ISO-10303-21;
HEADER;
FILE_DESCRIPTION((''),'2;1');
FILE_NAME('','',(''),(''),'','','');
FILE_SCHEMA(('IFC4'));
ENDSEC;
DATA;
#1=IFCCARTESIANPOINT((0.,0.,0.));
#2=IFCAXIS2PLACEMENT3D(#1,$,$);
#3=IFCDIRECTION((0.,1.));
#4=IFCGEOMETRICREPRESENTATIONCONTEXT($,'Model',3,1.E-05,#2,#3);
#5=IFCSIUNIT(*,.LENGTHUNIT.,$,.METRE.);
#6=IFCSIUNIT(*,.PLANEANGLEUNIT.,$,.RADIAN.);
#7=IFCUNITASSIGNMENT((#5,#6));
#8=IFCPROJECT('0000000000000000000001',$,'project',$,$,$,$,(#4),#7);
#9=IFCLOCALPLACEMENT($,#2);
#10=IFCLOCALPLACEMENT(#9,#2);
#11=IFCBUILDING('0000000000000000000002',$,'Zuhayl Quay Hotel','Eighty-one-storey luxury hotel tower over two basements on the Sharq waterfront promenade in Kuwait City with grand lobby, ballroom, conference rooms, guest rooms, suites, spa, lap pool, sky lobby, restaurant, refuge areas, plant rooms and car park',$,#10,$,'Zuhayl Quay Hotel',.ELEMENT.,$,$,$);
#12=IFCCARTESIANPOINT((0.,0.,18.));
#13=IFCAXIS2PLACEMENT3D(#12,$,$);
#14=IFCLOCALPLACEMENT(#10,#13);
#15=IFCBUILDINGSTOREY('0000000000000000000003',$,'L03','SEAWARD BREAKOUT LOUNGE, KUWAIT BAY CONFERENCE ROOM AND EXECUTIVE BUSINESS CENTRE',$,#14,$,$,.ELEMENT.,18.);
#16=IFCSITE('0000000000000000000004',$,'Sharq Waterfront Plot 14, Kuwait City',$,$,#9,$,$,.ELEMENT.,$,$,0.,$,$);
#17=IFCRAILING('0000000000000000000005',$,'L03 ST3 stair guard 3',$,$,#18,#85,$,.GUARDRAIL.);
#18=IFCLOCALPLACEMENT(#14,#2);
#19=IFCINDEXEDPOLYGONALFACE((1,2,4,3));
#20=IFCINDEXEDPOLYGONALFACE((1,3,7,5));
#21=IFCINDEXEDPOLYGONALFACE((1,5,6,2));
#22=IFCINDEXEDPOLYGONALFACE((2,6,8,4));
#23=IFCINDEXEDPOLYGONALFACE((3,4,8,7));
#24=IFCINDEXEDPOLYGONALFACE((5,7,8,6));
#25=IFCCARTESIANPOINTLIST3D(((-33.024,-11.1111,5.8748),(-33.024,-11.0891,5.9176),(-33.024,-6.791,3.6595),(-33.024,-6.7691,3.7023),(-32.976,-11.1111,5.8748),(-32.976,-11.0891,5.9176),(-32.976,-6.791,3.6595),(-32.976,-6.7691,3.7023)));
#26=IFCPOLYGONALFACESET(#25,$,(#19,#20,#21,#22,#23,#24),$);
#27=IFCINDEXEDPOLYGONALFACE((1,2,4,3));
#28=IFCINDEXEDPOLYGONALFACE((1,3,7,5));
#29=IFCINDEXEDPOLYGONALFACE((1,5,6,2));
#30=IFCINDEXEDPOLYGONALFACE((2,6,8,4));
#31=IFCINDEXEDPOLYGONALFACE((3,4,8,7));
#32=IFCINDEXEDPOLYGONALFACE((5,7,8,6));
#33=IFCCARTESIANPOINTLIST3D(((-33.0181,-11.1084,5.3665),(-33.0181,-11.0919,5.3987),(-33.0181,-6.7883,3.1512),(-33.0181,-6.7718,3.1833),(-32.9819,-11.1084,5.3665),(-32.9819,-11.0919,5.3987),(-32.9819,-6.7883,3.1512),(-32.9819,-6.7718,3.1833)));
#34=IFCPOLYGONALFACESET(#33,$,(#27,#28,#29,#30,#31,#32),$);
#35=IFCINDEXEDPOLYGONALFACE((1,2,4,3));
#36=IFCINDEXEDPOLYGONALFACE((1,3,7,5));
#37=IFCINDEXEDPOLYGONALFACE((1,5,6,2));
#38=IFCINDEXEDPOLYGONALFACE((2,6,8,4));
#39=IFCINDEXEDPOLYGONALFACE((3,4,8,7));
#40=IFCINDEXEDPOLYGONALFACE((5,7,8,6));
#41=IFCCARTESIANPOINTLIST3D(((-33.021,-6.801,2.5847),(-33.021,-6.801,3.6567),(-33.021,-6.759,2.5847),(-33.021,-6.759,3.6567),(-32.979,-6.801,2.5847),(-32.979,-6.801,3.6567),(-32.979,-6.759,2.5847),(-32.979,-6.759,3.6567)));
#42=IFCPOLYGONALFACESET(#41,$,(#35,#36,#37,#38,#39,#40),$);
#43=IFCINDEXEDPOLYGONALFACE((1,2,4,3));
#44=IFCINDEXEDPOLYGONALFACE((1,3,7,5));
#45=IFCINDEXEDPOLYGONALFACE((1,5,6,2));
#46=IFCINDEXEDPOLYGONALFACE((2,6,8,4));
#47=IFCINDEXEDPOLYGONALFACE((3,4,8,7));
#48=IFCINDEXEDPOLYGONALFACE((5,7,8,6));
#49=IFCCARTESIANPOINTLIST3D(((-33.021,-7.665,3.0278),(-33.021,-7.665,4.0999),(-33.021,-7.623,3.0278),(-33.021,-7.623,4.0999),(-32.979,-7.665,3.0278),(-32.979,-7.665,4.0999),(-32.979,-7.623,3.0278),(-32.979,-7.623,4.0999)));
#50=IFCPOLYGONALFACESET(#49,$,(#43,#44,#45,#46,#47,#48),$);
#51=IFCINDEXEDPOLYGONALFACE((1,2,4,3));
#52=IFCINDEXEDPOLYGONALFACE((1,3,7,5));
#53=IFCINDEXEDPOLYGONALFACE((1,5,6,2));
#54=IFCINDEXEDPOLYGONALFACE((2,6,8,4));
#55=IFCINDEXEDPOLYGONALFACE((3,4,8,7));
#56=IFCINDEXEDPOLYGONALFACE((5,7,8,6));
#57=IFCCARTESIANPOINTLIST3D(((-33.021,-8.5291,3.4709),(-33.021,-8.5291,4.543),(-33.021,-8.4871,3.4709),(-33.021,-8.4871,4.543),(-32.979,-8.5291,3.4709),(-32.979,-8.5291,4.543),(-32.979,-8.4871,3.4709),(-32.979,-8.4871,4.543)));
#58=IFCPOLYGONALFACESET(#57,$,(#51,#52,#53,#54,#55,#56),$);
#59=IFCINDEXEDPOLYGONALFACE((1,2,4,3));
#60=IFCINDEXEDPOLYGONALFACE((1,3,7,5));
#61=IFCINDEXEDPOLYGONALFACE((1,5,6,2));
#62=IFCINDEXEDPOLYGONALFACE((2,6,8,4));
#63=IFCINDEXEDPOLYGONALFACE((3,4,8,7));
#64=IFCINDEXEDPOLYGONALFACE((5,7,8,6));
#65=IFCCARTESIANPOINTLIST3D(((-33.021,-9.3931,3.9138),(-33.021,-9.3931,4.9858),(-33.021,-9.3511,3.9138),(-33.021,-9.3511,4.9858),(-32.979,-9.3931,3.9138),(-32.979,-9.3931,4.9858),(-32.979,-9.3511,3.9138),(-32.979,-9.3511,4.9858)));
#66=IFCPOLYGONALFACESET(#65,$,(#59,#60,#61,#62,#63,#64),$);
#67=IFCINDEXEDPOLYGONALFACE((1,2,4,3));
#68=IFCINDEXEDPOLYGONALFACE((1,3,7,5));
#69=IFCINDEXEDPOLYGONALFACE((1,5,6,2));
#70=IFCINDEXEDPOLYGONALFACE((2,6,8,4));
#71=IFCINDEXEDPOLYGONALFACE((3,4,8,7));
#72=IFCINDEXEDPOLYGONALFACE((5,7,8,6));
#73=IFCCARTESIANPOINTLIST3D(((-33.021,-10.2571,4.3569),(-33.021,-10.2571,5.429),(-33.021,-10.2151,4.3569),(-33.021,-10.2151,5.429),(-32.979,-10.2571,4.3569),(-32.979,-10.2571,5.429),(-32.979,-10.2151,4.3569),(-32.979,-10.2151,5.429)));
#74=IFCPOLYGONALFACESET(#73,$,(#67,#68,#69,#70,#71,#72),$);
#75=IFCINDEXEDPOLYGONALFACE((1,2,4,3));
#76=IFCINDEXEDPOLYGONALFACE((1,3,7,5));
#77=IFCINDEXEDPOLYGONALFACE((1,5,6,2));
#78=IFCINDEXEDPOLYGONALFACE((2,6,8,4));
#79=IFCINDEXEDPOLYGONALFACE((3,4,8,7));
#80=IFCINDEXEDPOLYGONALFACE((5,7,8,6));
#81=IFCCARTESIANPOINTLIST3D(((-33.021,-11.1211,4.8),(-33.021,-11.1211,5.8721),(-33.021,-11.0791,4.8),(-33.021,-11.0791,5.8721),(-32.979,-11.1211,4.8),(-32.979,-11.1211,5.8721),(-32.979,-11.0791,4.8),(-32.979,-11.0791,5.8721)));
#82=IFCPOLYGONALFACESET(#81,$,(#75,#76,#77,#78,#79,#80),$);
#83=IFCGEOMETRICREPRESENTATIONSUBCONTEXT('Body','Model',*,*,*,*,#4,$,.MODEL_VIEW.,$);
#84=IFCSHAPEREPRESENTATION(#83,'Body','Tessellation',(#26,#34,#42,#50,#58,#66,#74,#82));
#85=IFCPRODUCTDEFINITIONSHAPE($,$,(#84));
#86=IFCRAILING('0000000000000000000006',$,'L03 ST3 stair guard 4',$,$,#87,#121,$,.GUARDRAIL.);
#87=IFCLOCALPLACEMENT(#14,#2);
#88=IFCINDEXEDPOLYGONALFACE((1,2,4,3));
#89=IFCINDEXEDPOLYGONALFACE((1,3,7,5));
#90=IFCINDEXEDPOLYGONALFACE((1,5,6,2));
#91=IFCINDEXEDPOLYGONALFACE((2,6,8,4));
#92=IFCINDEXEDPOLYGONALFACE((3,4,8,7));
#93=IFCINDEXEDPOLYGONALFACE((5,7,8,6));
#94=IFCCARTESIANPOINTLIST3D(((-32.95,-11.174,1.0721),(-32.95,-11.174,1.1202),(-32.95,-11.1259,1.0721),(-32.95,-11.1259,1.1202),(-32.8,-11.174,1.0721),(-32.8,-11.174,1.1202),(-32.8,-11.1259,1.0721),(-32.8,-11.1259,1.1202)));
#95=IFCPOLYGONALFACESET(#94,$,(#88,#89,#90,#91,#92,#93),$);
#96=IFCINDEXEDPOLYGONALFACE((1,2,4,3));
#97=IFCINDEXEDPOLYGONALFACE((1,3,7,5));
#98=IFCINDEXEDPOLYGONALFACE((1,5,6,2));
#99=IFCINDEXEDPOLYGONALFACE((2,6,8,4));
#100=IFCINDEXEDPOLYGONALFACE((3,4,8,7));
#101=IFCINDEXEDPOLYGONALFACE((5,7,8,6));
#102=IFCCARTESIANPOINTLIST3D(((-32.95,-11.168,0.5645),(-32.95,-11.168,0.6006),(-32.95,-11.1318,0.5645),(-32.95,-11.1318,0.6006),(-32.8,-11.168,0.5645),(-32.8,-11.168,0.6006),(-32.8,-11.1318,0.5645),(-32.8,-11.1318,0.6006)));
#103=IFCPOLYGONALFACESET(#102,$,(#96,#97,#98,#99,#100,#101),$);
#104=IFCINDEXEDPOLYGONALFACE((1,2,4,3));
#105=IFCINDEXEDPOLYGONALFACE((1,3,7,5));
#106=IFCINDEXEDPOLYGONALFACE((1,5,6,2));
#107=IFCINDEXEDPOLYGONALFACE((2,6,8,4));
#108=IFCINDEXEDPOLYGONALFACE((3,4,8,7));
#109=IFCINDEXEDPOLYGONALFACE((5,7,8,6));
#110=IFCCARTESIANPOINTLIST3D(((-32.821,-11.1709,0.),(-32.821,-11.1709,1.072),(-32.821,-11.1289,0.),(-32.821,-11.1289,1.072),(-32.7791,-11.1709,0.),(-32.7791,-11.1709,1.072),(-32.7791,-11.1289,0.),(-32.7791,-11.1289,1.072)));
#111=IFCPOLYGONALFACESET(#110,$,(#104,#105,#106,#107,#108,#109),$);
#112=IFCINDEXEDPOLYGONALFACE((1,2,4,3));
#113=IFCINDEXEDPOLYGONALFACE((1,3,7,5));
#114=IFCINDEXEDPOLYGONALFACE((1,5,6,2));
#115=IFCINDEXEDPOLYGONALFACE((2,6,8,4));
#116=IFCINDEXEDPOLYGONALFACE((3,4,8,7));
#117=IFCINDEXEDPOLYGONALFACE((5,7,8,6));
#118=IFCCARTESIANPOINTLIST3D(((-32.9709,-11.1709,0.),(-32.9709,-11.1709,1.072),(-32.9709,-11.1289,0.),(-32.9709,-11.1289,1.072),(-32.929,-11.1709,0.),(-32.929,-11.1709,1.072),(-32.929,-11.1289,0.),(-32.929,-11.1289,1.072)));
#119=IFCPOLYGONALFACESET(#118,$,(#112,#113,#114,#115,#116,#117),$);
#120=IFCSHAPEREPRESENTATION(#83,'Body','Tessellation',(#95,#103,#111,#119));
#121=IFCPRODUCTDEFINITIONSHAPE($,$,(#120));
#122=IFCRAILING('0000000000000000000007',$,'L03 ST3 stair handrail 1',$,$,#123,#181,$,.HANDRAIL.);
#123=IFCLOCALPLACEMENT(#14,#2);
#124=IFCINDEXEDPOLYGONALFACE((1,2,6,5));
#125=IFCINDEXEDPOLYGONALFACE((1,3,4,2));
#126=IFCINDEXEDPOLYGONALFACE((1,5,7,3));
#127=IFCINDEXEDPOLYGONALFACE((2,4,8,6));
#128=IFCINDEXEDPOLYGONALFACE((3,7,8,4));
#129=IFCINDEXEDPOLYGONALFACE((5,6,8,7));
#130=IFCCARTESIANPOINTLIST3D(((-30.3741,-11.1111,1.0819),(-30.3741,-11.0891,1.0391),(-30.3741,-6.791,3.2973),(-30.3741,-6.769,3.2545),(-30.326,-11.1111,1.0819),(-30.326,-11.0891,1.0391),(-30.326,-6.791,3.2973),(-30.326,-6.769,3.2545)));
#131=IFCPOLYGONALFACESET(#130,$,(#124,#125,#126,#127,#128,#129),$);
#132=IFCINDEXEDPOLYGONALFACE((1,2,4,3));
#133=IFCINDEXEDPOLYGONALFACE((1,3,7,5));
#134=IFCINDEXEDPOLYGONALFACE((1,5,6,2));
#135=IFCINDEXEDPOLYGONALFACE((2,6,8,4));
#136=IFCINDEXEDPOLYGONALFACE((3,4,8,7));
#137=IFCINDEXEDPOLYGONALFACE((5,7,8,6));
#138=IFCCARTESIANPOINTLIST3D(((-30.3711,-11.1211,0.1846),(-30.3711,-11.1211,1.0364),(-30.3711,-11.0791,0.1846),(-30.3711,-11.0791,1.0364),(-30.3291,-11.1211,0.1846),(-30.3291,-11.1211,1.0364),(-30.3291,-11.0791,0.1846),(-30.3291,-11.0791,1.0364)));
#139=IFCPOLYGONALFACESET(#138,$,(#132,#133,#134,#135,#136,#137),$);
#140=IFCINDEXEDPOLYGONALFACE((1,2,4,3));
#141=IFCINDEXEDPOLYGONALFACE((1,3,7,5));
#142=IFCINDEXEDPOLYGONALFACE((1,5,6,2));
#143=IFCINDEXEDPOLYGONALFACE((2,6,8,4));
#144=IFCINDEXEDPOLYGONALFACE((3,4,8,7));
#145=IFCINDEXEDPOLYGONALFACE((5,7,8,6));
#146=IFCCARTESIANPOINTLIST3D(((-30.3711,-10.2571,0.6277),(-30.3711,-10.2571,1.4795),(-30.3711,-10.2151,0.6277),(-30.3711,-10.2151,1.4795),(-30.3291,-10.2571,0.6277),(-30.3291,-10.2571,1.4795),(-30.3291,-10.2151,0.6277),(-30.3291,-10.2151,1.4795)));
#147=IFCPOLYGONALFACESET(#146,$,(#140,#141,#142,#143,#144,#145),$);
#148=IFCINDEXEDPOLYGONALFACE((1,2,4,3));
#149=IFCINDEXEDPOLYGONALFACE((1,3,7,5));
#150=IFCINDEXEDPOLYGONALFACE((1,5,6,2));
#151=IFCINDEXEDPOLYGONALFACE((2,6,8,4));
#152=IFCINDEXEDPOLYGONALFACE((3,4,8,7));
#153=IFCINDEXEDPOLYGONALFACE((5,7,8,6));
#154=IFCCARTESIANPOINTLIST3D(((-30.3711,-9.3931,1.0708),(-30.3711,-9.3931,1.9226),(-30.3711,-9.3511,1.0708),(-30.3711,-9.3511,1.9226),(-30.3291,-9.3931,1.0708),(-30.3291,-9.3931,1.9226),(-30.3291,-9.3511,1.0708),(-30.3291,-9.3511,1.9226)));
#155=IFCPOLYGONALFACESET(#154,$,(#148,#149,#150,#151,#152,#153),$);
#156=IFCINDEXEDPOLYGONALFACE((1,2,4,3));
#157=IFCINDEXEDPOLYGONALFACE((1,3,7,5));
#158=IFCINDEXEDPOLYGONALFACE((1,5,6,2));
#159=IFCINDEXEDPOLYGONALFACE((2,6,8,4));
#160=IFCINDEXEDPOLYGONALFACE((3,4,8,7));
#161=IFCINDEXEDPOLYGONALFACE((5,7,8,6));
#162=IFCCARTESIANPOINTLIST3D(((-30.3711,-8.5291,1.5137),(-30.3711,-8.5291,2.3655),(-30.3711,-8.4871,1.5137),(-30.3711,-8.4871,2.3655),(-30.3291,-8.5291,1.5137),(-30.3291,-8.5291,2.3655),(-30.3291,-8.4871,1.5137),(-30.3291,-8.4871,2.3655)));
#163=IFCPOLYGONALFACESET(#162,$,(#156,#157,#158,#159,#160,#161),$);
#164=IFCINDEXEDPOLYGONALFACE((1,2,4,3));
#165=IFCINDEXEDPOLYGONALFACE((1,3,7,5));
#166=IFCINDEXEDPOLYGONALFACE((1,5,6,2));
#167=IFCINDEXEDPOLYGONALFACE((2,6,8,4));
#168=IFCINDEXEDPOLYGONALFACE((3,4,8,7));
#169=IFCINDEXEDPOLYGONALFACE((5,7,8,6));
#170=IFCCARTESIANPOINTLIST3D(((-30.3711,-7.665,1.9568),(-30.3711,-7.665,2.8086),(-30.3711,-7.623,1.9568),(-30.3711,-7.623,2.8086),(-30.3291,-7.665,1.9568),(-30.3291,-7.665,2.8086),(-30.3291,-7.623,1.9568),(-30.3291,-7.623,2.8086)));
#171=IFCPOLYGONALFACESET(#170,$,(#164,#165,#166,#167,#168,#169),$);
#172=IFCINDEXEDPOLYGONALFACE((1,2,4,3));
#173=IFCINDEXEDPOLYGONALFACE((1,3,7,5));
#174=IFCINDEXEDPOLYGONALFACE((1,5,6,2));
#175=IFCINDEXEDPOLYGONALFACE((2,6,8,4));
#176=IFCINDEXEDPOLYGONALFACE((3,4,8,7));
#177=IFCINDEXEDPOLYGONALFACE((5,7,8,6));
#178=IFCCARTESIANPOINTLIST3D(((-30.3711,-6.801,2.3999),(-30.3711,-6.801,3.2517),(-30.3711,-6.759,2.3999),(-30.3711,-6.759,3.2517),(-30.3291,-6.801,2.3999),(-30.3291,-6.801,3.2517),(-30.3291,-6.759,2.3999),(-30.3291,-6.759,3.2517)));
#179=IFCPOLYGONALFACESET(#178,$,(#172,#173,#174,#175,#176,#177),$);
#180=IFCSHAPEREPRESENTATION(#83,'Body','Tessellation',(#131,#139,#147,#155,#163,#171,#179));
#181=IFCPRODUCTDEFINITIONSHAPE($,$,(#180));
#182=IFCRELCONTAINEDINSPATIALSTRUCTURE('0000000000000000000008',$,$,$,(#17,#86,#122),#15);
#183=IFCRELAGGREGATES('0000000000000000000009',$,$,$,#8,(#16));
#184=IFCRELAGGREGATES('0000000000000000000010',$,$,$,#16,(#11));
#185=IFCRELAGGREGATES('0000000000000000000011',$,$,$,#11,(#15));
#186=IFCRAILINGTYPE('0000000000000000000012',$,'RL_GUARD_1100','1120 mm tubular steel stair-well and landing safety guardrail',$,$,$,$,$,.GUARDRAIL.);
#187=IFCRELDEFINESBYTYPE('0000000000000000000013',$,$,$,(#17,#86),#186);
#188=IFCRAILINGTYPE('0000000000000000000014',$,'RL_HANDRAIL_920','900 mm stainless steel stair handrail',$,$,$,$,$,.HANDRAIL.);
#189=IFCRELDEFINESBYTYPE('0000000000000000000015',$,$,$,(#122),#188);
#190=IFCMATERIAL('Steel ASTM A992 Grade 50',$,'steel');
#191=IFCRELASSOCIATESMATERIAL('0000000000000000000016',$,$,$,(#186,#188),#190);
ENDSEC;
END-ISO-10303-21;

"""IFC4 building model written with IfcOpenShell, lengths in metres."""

from ifc_helpers import new_model, si_unit, direction, frame, origin, origin_2d, place, context, subcontext, project, spatial, rectangle, extrude, material, type_object, element, save


model = new_model("IFC4")

# Units and contexts
model_context = context("Model", 3, precision=1e-05, world=origin(), true_north=direction((0.0, 1.0)))
body_context = subcontext(model_context, "Body", "Model", "MODEL_VIEW")
ifc_project = project(units=[si_unit("LENGTHUNIT", "METRE"), si_unit("PLANEANGLEUNIT", "RADIAN")], contexts=[model_context])

# Site, building, storey
site_placement = place(None, origin())
site = spatial("IfcSite", under=ifc_project, at=site_placement, Name="Sharq Waterfront Plot 14, Kuwait City", CompositionType="ELEMENT", RefElevation=0.0)
building_placement = place(site_placement, origin())
building = spatial("IfcBuilding", under=site, at=building_placement, Name="Zuhayl Quay Hotel", Description="Eighty-one-storey luxury hotel tower over two basements on the Sharq waterfront promenade in Kuwait City with grand lobby, ballroom, conference rooms, guest rooms, suites, spa, lap pool, sky lobby, restaurant, refuge areas, plant rooms and car park", LongName="Zuhayl Quay Hotel", CompositionType="ELEMENT")
storey_placement = place(building_placement, frame((0.0, 0.0, 18.0)))
storey = spatial("IfcBuildingStorey", under=building, at=storey_placement, Name="L03", Description="SEAWARD BREAKOUT LOUNGE, KUWAIT BAY CONFERENCE ROOM AND EXECUTIVE BUSINESS CENTRE", CompositionType="ELEMENT", Elevation=18.0)

# Shared definitions
ifc_material_1 = material(Name="Steel ASTM A992 Grade 50", Category="steel")

# Railings
railing_type_1 = type_object("IfcRailingType", Name="RL_GUARD_1100", Description="1120 mm tubular steel stair-well and landing safety guardrail", PredefinedType="GUARDRAIL", material=ifc_material_1)
railing_1_placement = place(storey_placement, frame((-33.0, -6.78, 2.5847)))
element("IfcRailing", 1, at=railing_1_placement, inside=storey, type_object=railing_type_1, Name="L03 ST3 stair guard 3", PredefinedType="GUARDRAIL", context=body_context, shape_type="SweptSolid", body=[
    extrude(rectangle(XDim=0.0481, YDim=0.0481, at=origin_2d()), frame((0.0, 0.0, 1.0962), z_axis=(0.0, -0.889825, 0.456302), x_axis=(1.0, 0.0, 0.0)), (0.0, 0.0, 1.0), 4.855),
    extrude(rectangle(XDim=0.0361, YDim=0.0361, at=origin_2d()), frame((0.0, 0.0, 0.5825), z_axis=(0.0, -0.889825, 0.456302), x_axis=(1.0, 0.0, 0.0)), (0.0, 0.0, 1.0), 4.855),
    extrude(rectangle(XDim=0.042, YDim=0.042, at=origin_2d()), origin(), (0.0, 0.0, 1.0), 1.072),
    extrude(rectangle(XDim=0.042, YDim=0.042, at=origin_2d()), frame((0.0, -0.864, 0.4431)), (0.0, 0.0, 1.0), 1.072),
    extrude(rectangle(XDim=0.042, YDim=0.042, at=origin_2d()), frame((0.0, -1.728, 0.8862)), (0.0, 0.0, 1.0), 1.072),
    extrude(rectangle(XDim=0.042, YDim=0.042, at=origin_2d()), frame((0.0, -2.592, 1.3291)), (0.0, 0.0, 1.0), 1.072),
    extrude(rectangle(XDim=0.042, YDim=0.042, at=origin_2d()), frame((0.0, -3.4561, 1.7722)), (0.0, 0.0, 1.0), 1.072),
    extrude(rectangle(XDim=0.042, YDim=0.042, at=origin_2d()), frame((0.0, -4.3201, 2.2153)), (0.0, 0.0, 1.0), 1.072),
])
railing_2_placement = place(storey_placement, frame((-32.8, -11.1499, 0.0)))
element("IfcRailing", 2, at=railing_2_placement, inside=storey, type_object=railing_type_1, Name="L03 ST3 stair guard 4", PredefinedType="GUARDRAIL", context=body_context, shape_type="SweptSolid", body=[
    extrude(rectangle(XDim=0.0481, YDim=0.0481, at=origin_2d()), frame((0.0, 0.0, 1.0962), z_axis=(-1.0, 0.0, 0.0), x_axis=(0.0, -1.0, 0.0)), (0.0, 0.0, 1.0), 0.1499),
    extrude(rectangle(XDim=0.0361, YDim=0.0361, at=origin_2d()), frame((0.0, 0.0, 0.5825), z_axis=(-1.0, 0.0, 0.0), x_axis=(0.0, -1.0, 0.0)), (0.0, 0.0, 1.0), 0.1499),
    extrude(rectangle(XDim=0.042, YDim=0.042, at=origin_2d()), origin(), (0.0, 0.0, 1.0), 1.072),
    extrude(rectangle(XDim=0.042, YDim=0.042, at=origin_2d()), frame((-0.1499, 0.0, 0.0)), (0.0, 0.0, 1.0), 1.072),
])
railing_type_2 = type_object("IfcRailingType", Name="RL_HANDRAIL_920", Description="900 mm stainless steel stair handrail", PredefinedType="HANDRAIL", material=ifc_material_1)
railing_3_placement = place(storey_placement, frame((-30.3501, -11.1001, 0.1846)))
element("IfcRailing", 3, at=railing_3_placement, inside=storey, type_object=railing_type_2, Name="L03 ST3 stair handrail 1", PredefinedType="HANDRAIL", context=body_context, shape_type="SweptSolid", body=[
    extrude(rectangle(XDim=0.0481, YDim=0.0481, at=origin_2d()), frame((0.0, 0.0, 0.876), z_axis=(0.0, 0.889825, 0.456302), x_axis=(-1.0, 0.0, 0.0)), (0.0, 0.0, 1.0), 4.855),
    extrude(rectangle(XDim=0.042, YDim=0.042, at=origin_2d()), origin(), (0.0, 0.0, 1.0), 0.8518),
    extrude(rectangle(XDim=0.042, YDim=0.042, at=origin_2d()), frame((0.0, 0.864, 0.4431)), (0.0, 0.0, 1.0), 0.8518),
    extrude(rectangle(XDim=0.042, YDim=0.042, at=origin_2d()), frame((0.0, 1.728, 0.8862)), (0.0, 0.0, 1.0), 0.8518),
    extrude(rectangle(XDim=0.042, YDim=0.042, at=origin_2d()), frame((0.0, 2.592, 1.3291)), (0.0, 0.0, 1.0), 0.8518),
    extrude(rectangle(XDim=0.042, YDim=0.042, at=origin_2d()), frame((0.0, 3.4561, 1.7722)), (0.0, 0.0, 1.0), 0.8518),
    extrude(rectangle(XDim=0.042, YDim=0.042, at=origin_2d()), frame((0.0, 4.3201, 2.2153)), (0.0, 0.0, 1.0), 0.8518),
])

save(model, "model.ifc")
